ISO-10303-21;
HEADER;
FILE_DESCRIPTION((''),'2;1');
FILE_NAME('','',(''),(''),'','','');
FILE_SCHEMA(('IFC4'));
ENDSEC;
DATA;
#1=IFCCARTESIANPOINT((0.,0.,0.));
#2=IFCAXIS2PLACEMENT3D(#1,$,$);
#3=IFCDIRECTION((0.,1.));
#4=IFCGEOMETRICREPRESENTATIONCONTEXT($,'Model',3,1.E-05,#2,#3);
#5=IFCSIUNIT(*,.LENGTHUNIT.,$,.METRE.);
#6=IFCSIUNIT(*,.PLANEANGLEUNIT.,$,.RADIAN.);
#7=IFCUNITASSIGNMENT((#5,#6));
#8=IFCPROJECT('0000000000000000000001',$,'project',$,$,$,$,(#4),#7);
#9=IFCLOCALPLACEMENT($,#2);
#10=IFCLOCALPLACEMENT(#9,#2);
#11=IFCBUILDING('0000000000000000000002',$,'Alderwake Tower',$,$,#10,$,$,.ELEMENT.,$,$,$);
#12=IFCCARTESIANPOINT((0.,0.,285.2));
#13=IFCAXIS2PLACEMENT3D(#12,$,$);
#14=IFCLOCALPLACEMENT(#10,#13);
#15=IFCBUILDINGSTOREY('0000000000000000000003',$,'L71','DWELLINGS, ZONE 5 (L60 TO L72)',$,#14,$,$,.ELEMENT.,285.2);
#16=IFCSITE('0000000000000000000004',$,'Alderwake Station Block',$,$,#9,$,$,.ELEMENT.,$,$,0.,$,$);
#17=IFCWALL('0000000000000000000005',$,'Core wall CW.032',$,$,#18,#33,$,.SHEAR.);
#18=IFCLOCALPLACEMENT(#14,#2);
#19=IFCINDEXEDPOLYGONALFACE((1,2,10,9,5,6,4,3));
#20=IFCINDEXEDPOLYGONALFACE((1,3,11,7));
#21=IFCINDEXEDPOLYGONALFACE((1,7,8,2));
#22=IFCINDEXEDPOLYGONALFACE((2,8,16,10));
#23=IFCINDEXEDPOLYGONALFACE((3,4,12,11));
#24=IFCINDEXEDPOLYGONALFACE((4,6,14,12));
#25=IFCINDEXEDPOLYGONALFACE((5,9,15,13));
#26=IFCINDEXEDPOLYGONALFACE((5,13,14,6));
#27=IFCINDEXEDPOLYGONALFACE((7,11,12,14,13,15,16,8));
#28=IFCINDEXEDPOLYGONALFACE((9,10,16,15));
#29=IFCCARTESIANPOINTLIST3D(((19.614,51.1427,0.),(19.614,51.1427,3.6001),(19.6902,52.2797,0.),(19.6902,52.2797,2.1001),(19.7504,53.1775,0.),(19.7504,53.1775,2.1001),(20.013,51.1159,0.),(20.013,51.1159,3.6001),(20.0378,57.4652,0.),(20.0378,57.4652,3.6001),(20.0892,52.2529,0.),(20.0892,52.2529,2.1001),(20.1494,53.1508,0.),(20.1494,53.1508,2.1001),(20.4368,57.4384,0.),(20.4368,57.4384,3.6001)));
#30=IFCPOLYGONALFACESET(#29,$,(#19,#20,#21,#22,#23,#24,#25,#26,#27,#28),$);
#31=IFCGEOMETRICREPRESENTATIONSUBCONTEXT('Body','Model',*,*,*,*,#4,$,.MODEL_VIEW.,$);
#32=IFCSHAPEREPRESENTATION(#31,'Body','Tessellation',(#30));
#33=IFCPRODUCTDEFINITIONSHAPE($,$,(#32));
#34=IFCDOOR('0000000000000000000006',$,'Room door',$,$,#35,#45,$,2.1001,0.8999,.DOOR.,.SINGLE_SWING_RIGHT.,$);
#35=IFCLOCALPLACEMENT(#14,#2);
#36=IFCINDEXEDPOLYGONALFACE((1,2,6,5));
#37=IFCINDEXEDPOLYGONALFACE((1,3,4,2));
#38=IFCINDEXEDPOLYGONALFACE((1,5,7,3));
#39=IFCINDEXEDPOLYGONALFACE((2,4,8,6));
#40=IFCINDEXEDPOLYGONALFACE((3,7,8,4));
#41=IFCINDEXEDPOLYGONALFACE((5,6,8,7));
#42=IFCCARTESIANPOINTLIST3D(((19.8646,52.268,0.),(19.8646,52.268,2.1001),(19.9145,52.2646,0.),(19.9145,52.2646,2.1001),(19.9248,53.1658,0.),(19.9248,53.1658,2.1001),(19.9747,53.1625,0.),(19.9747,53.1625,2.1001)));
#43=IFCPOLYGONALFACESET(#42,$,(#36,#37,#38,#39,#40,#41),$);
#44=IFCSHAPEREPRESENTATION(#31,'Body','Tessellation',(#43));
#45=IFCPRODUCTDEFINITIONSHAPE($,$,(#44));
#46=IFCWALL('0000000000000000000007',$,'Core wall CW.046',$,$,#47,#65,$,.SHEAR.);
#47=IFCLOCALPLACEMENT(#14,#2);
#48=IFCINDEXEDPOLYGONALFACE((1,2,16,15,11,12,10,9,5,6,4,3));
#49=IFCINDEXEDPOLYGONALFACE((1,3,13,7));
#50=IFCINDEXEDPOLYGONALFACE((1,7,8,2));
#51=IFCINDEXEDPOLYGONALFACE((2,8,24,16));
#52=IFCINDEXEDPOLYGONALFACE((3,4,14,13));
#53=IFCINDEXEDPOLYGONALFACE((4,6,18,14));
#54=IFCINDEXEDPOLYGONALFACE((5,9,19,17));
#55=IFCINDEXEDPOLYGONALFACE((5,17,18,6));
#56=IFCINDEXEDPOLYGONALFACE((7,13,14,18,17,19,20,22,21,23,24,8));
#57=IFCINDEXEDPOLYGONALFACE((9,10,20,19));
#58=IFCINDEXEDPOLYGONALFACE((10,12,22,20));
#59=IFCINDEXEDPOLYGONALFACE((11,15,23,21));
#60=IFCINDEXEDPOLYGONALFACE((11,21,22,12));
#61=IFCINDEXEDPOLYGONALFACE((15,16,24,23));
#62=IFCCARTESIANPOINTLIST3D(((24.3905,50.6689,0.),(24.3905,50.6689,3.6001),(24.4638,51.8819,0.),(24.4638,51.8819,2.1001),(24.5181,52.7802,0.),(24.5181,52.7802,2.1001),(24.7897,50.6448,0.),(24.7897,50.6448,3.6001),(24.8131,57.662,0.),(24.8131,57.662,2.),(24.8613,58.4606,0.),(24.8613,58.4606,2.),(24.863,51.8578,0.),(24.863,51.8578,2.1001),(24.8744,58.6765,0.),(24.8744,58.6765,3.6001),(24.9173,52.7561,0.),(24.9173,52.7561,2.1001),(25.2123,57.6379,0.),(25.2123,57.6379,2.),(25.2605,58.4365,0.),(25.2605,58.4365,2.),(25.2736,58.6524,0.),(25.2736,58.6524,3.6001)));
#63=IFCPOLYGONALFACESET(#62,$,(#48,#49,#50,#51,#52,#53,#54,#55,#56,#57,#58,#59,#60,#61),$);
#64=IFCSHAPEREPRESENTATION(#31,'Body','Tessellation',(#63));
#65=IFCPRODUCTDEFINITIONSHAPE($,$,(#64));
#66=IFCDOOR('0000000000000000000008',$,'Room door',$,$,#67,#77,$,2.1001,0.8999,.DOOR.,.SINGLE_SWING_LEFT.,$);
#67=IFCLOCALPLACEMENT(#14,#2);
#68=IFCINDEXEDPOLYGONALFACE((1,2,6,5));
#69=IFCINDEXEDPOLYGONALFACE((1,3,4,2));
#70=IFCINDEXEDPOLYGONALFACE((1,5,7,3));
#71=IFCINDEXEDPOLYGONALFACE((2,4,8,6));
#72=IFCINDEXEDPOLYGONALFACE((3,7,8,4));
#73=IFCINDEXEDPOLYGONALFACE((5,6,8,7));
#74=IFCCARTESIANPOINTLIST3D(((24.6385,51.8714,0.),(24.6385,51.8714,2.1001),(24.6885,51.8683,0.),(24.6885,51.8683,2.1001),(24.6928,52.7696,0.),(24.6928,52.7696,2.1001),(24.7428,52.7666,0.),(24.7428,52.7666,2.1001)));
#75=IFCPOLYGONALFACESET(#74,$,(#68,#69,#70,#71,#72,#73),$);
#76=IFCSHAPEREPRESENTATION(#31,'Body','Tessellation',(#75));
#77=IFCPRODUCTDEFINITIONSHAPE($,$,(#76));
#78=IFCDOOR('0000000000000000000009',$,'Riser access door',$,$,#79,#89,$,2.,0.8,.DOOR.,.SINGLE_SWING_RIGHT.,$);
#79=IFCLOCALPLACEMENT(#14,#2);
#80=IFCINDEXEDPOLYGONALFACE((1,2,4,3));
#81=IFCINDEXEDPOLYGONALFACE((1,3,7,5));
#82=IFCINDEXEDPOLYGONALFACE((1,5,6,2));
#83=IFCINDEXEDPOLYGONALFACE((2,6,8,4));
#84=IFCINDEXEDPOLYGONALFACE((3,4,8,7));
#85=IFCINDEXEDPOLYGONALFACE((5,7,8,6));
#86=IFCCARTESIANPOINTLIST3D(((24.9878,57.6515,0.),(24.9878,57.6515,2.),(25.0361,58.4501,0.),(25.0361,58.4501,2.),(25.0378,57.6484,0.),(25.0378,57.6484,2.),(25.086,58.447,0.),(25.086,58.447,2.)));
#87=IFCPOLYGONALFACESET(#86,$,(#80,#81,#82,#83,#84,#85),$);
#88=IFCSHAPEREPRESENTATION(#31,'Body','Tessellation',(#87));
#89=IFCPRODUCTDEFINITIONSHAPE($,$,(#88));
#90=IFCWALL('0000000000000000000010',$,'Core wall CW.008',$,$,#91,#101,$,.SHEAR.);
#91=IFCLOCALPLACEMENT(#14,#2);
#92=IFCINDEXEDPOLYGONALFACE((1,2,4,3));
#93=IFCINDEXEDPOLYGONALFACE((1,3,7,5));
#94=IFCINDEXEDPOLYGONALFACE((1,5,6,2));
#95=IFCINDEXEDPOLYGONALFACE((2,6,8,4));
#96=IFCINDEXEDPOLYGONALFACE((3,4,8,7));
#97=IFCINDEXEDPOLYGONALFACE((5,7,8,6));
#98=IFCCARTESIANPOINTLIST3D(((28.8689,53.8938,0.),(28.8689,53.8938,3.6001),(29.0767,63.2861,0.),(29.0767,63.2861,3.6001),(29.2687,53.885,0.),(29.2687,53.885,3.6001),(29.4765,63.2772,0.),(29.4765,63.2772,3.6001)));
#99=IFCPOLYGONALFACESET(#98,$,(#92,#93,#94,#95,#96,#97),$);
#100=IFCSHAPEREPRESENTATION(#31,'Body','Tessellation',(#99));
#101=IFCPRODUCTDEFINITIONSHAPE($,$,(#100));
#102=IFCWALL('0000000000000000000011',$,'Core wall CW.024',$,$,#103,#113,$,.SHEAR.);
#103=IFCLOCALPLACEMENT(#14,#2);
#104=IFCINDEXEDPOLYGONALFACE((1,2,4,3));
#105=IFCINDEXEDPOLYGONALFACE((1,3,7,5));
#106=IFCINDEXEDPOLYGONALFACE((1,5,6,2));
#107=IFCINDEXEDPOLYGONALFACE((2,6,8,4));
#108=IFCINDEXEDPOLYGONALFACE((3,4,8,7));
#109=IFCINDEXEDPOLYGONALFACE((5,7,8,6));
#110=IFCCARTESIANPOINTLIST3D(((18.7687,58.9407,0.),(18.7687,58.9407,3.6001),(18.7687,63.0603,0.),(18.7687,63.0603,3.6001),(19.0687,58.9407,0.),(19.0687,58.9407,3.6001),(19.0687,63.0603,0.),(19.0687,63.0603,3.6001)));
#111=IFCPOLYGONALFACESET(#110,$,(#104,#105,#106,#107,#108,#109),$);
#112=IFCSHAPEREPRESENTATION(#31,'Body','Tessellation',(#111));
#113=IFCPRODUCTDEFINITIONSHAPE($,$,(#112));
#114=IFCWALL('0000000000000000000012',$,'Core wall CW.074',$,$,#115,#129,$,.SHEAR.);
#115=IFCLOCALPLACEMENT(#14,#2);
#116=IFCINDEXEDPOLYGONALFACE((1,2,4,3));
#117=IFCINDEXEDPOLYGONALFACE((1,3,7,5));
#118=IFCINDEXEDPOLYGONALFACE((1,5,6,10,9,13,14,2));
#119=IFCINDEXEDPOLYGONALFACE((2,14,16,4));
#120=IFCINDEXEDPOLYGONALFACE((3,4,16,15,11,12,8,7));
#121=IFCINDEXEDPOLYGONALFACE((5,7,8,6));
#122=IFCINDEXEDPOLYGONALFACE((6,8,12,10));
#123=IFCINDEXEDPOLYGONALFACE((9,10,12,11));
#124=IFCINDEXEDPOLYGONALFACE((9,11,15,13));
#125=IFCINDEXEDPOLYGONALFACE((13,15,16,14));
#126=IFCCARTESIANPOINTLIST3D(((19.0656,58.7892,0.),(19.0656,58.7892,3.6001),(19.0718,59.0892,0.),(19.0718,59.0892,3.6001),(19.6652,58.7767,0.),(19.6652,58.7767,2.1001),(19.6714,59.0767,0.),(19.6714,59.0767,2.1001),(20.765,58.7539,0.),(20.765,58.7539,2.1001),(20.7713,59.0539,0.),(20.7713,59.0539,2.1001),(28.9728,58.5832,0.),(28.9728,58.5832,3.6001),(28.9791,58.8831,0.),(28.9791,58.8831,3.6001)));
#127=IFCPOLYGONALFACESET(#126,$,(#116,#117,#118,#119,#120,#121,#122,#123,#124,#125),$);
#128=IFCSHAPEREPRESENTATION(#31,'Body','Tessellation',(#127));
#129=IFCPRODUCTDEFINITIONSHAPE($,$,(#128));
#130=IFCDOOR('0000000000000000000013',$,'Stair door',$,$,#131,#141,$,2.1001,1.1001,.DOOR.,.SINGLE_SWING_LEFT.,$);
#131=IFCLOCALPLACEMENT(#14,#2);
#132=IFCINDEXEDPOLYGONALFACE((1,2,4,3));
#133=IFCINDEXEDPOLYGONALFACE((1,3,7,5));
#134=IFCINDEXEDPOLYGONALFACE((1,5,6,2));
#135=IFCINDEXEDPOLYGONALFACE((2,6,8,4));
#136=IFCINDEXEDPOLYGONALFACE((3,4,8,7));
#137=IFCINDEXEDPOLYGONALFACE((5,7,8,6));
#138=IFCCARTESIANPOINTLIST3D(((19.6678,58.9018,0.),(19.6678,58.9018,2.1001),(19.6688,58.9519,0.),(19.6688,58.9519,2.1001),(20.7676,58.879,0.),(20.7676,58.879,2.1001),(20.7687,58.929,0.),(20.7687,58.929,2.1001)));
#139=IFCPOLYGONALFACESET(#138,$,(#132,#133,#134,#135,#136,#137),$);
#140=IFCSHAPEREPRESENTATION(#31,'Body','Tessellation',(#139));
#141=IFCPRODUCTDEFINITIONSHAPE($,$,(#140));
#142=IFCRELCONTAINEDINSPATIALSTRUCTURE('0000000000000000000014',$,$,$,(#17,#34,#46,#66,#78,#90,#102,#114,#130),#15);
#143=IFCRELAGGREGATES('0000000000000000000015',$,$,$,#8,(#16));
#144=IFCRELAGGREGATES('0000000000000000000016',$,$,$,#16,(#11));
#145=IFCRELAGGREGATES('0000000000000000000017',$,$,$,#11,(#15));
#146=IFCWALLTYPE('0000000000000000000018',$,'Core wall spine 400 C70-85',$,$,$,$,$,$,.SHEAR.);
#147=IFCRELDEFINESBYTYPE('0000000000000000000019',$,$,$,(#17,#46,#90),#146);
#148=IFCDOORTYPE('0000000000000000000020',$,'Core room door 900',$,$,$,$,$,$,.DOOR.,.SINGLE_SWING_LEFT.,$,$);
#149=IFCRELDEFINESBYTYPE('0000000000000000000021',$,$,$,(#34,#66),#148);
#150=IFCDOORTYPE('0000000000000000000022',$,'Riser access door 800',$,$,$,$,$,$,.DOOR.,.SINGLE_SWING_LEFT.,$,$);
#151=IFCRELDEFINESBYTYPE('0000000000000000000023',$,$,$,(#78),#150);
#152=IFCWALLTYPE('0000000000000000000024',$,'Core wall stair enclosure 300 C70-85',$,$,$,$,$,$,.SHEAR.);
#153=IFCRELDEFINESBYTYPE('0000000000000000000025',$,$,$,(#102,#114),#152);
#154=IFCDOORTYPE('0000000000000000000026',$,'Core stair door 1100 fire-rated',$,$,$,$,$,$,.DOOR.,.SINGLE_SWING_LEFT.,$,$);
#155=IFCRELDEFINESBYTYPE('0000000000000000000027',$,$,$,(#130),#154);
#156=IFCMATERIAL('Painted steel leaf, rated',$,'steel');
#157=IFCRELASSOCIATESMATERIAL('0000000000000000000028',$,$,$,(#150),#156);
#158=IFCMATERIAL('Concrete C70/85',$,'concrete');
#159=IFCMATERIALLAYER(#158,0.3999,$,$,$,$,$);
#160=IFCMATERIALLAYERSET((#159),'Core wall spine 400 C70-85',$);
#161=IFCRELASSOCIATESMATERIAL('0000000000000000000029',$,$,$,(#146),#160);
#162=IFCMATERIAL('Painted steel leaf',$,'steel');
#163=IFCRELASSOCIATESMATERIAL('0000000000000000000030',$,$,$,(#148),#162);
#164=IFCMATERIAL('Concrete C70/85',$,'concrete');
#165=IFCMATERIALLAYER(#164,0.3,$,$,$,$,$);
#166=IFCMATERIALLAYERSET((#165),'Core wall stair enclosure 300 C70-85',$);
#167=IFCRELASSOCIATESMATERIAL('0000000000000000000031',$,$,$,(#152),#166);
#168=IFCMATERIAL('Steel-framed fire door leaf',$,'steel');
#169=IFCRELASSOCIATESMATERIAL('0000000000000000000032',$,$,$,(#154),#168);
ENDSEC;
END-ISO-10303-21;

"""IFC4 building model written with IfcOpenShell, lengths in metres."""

from ifc_helpers import new_model, si_unit, direction, frame, frame_2d, origin, place, context, subcontext, project, spatial, rectangle, extrude, material, layer, layer_set, type_object, element, fill, save


model = new_model("IFC4")

# Units and contexts
model_context = context("Model", 3, precision=1e-05, world=origin(), true_north=direction((0.0, 1.0)))
body_context = subcontext(model_context, "Body", "Model", "MODEL_VIEW")
ifc_project = project(units=[si_unit("LENGTHUNIT", "METRE"), si_unit("PLANEANGLEUNIT", "RADIAN")], contexts=[model_context])

# Site, building, storey
site_placement = place(None, origin())
site = spatial("IfcSite", under=ifc_project, at=site_placement, Name="Alderwake Station Block", CompositionType="ELEMENT", RefElevation=0.0)
building_placement = place(site_placement, origin())
building = spatial("IfcBuilding", under=site, at=building_placement, Name="Alderwake Tower", CompositionType="ELEMENT")
storey_placement = place(building_placement, frame((0.0, 0.0, 285.2)))
storey = spatial("IfcBuildingStorey", under=building, at=storey_placement, Name="L71", Description="DWELLINGS, ZONE 5 (L60 TO L72)", CompositionType="ELEMENT", Elevation=285.2)

# Shared definitions
ifc_material_1 = material(Name="Painted steel leaf, rated", Category="steel")
door_type_1 = type_object("IfcDoorType", Name="Riser access door 800", OperationType="SINGLE_SWING_LEFT", PredefinedType="DOOR", material=ifc_material_1)

# Shared definitions
ifc_material_2 = material(Name="Concrete C70/85", Category="concrete")
ifc_layer_1 = layer(ifc_material_2, 0.3999)
ifc_layer_set_1 = layer_set([ifc_layer_1], Name="Core wall spine 400 C70-85")
wall_type_1 = type_object("IfcWallType", Name="Core wall spine 400 C70-85", PredefinedType="SHEAR", material=ifc_layer_set_1)

# Wall, opening, door
wall_1_placement = place(storey_placement, frame((20.2373, 57.4519, 0.0), z_axis=(0.0, 0.0, 1.0), x_axis=(-0.066885, -0.997761, 0.0)))
wall_1 = element("IfcWall", 1, at=wall_1_placement, inside=storey, type_object=wall_type_1, Name="Core wall CW.032", PredefinedType="SHEAR", context=body_context, shape_type="SweptSolid", body=[
    extrude(rectangle(XDim=6.3367, YDim=0.3999, at=frame_2d((3.1685, 0.0))), origin(), (0.0, 0.0, 1.0), 3.6001),
])
opening_1_placement = place(wall_1_placement, frame((4.2974, 0.0, 0.0)))
opening_1 = element("IfcOpeningElement", 2, at=opening_1_placement, cuts=wall_1, PredefinedType="OPENING", context=body_context, shape_type="SweptSolid", body=[
    extrude(rectangle(XDim=0.8999, YDim=2.1001, at=frame_2d((0.45, 1.05))), frame((0.0, 0.21, 0.0), z_axis=(0.0, -1.0, 0.0), x_axis=(1.0, 0.0, 0.0)), (0.0, 0.0, 1.0), 0.4199),
])
ifc_material_3 = material(Name="Painted steel leaf", Category="steel")
door_type_2 = type_object("IfcDoorType", Name="Core room door 900", OperationType="SINGLE_SWING_LEFT", PredefinedType="DOOR", material=ifc_material_3)
door_1_placement = place(opening_1_placement, origin())
door_1 = element("IfcDoor", 3, at=door_1_placement, inside=storey, type_object=door_type_2, Name="Room door", OperationType="SINGLE_SWING_RIGHT", OverallHeight=2.1001, OverallWidth=0.8999, PredefinedType="DOOR", context=body_context, shape_type="SweptSolid", body=[
    extrude(rectangle(XDim=0.8999, YDim=2.1001, at=frame_2d((0.45, 1.05))), frame((0.0, 0.0249, 0.0), z_axis=(0.0, -1.0, 0.0), x_axis=(1.0, 0.0, 0.0)), (0.0, 0.0, 1.0), 0.05),
])
fill(opening_1, door_1)

# Wall, openings, doors
wall_2_placement = place(storey_placement, frame((24.5901, 50.6567, 0.0), z_axis=(0.0, 0.0, 1.0), x_axis=(0.060319, 0.998179, 0.0)))
wall_2 = element("IfcWall", 4, at=wall_2_placement, inside=storey, type_object=wall_type_1, Name="Core wall CW.046", PredefinedType="SHEAR", context=body_context, shape_type="SweptSolid", body=[
    extrude(rectangle(XDim=8.0222, YDim=0.3999, at=frame_2d((4.0112, 0.0))), origin(), (0.0, 0.0, 1.0), 3.6001),
])
opening_2_placement = place(wall_2_placement, frame((7.0061, 0.0, 0.0)))
opening_2 = element("IfcOpeningElement", 5, at=opening_2_placement, cuts=wall_2, PredefinedType="OPENING", context=body_context, shape_type="SweptSolid", body=[
    extrude(rectangle(XDim=0.8, YDim=2.0, at=frame_2d((0.3999, 1.0))), frame((0.0, 0.21, 0.0), z_axis=(0.0, -1.0, 0.0), x_axis=(1.0, 0.0, 0.0)), (0.0, 0.0, 1.0), 0.4199),
])
opening_3_placement = place(wall_2_placement, frame((1.2153, 0.0, 0.0)))
opening_3 = element("IfcOpeningElement", 6, at=opening_3_placement, cuts=wall_2, PredefinedType="OPENING", context=body_context, shape_type="SweptSolid", body=[
    extrude(rectangle(XDim=0.8999, YDim=2.1001, at=frame_2d((0.45, 1.05))), frame((0.0, 0.21, 0.0), z_axis=(0.0, -1.0, 0.0), x_axis=(1.0, 0.0, 0.0)), (0.0, 0.0, 1.0), 0.4199),
])
door_2_placement = place(opening_3_placement, origin())
door_2 = element("IfcDoor", 7, at=door_2_placement, inside=storey, type_object=door_type_2, Name="Room door", OperationType="SINGLE_SWING_LEFT", OverallHeight=2.1001, OverallWidth=0.8999, PredefinedType="DOOR", context=body_context, shape_type="SweptSolid", body=[
    extrude(rectangle(XDim=0.8999, YDim=2.1001, at=frame_2d((0.45, 1.05))), frame((0.0, 0.0249, 0.0), z_axis=(0.0, -1.0, 0.0), x_axis=(1.0, 0.0, 0.0)), (0.0, 0.0, 1.0), 0.05),
])
fill(opening_3, door_2)
door_3_placement = place(opening_2_placement, origin())
door_3 = element("IfcDoor", 8, at=door_3_placement, inside=storey, type_object=door_type_1, Name="Riser access door", OperationType="SINGLE_SWING_RIGHT", OverallHeight=2.0, OverallWidth=0.8, PredefinedType="DOOR", context=body_context, shape_type="SweptSolid", body=[
    extrude(rectangle(XDim=0.8, YDim=2.0, at=frame_2d((0.3999, 1.0))), frame((0.0, 0.0249, 0.0), z_axis=(0.0, -1.0, 0.0), x_axis=(1.0, 0.0, 0.0)), (0.0, 0.0, 1.0), 0.05),
])
fill(opening_2, door_3)

# Walls
wall_3_placement = place(storey_placement, frame((29.0688, 53.8894, 0.0), z_axis=(0.0, 0.0, 1.0), x_axis=(0.022115, 0.999755, 0.0)))
element("IfcWall", 9, at=wall_3_placement, inside=storey, type_object=wall_type_1, Name="Core wall CW.008", PredefinedType="SHEAR", context=body_context, shape_type="SweptSolid", body=[
    extrude(rectangle(XDim=9.3945, YDim=0.3999, at=frame_2d((4.6973, 0.0))), origin(), (0.0, 0.0, 1.0), 3.6001),
])
ifc_material_4 = material(Name="Concrete C70/85", Category="concrete")
ifc_layer_2 = layer(ifc_material_4, 0.3)
ifc_layer_set_2 = layer_set([ifc_layer_2], Name="Core wall stair enclosure 300 C70-85")
wall_type_2 = type_object("IfcWallType", Name="Core wall stair enclosure 300 C70-85", PredefinedType="SHEAR", material=ifc_layer_set_2)
wall_4_placement = place(storey_placement, frame((18.9187, 58.9407, 0.0), z_axis=(0.0, 0.0, 1.0), x_axis=(0.0, 1.0, 0.0)))
element("IfcWall", 10, at=wall_4_placement, inside=storey, type_object=wall_type_2, Name="Core wall CW.024", PredefinedType="SHEAR", context=body_context, shape_type="SweptSolid", body=[
    extrude(rectangle(XDim=4.1196, YDim=0.3, at=frame_2d((2.0598, 0.0))), origin(), (0.0, 0.0, 1.0), 3.6001),
])

# Wall, opening, door
wall_5_placement = place(storey_placement, frame((28.9758, 58.7332, 0.0), z_axis=(0.0, 0.0, 1.0), x_axis=(-0.999784, 0.020794, 0.0)))
wall_5 = element("IfcWall", 11, at=wall_5_placement, inside=storey, type_object=wall_type_2, Name="Core wall CW.074", PredefinedType="SHEAR", context=body_context, shape_type="SweptSolid", body=[
    extrude(rectangle(XDim=9.9094, YDim=0.3, at=frame_2d((4.9546, 0.0))), origin(), (0.0, 0.0, 1.0), 3.6001),
])
opening_4_placement = place(wall_5_placement, frame((8.2095, 0.0, 0.0)))
opening_4 = element("IfcOpeningElement", 12, at=opening_4_placement, cuts=wall_5, PredefinedType="OPENING", context=body_context, shape_type="SweptSolid", body=[
    extrude(rectangle(XDim=1.1001, YDim=2.1001, at=frame_2d((0.55, 1.05))), frame((0.0, 0.1599, 0.0), z_axis=(0.0, -1.0, 0.0), x_axis=(1.0, 0.0, 0.0)), (0.0, 0.0, 1.0), 0.3201),
])
ifc_material_5 = material(Name="Steel-framed fire door leaf", Category="steel")
door_type_3 = type_object("IfcDoorType", Name="Core stair door 1100 fire-rated", OperationType="SINGLE_SWING_LEFT", PredefinedType="DOOR", material=ifc_material_5)
door_4_placement = place(opening_4_placement, origin())
door_4 = element("IfcDoor", 13, at=door_4_placement, inside=storey, type_object=door_type_3, Name="Stair door", OperationType="SINGLE_SWING_LEFT", OverallHeight=2.1001, OverallWidth=1.1001, PredefinedType="DOOR", context=body_context, shape_type="SweptSolid", body=[
    extrude(rectangle(XDim=1.1001, YDim=2.1001, at=frame_2d((0.55, 1.05))), frame((0.0, 0.0249, 0.0), z_axis=(0.0, -1.0, 0.0), x_axis=(1.0, 0.0, 0.0)), (0.0, 0.0, 1.0), 0.05),
])
fill(opening_4, door_4)

save(model, "model.ifc")
